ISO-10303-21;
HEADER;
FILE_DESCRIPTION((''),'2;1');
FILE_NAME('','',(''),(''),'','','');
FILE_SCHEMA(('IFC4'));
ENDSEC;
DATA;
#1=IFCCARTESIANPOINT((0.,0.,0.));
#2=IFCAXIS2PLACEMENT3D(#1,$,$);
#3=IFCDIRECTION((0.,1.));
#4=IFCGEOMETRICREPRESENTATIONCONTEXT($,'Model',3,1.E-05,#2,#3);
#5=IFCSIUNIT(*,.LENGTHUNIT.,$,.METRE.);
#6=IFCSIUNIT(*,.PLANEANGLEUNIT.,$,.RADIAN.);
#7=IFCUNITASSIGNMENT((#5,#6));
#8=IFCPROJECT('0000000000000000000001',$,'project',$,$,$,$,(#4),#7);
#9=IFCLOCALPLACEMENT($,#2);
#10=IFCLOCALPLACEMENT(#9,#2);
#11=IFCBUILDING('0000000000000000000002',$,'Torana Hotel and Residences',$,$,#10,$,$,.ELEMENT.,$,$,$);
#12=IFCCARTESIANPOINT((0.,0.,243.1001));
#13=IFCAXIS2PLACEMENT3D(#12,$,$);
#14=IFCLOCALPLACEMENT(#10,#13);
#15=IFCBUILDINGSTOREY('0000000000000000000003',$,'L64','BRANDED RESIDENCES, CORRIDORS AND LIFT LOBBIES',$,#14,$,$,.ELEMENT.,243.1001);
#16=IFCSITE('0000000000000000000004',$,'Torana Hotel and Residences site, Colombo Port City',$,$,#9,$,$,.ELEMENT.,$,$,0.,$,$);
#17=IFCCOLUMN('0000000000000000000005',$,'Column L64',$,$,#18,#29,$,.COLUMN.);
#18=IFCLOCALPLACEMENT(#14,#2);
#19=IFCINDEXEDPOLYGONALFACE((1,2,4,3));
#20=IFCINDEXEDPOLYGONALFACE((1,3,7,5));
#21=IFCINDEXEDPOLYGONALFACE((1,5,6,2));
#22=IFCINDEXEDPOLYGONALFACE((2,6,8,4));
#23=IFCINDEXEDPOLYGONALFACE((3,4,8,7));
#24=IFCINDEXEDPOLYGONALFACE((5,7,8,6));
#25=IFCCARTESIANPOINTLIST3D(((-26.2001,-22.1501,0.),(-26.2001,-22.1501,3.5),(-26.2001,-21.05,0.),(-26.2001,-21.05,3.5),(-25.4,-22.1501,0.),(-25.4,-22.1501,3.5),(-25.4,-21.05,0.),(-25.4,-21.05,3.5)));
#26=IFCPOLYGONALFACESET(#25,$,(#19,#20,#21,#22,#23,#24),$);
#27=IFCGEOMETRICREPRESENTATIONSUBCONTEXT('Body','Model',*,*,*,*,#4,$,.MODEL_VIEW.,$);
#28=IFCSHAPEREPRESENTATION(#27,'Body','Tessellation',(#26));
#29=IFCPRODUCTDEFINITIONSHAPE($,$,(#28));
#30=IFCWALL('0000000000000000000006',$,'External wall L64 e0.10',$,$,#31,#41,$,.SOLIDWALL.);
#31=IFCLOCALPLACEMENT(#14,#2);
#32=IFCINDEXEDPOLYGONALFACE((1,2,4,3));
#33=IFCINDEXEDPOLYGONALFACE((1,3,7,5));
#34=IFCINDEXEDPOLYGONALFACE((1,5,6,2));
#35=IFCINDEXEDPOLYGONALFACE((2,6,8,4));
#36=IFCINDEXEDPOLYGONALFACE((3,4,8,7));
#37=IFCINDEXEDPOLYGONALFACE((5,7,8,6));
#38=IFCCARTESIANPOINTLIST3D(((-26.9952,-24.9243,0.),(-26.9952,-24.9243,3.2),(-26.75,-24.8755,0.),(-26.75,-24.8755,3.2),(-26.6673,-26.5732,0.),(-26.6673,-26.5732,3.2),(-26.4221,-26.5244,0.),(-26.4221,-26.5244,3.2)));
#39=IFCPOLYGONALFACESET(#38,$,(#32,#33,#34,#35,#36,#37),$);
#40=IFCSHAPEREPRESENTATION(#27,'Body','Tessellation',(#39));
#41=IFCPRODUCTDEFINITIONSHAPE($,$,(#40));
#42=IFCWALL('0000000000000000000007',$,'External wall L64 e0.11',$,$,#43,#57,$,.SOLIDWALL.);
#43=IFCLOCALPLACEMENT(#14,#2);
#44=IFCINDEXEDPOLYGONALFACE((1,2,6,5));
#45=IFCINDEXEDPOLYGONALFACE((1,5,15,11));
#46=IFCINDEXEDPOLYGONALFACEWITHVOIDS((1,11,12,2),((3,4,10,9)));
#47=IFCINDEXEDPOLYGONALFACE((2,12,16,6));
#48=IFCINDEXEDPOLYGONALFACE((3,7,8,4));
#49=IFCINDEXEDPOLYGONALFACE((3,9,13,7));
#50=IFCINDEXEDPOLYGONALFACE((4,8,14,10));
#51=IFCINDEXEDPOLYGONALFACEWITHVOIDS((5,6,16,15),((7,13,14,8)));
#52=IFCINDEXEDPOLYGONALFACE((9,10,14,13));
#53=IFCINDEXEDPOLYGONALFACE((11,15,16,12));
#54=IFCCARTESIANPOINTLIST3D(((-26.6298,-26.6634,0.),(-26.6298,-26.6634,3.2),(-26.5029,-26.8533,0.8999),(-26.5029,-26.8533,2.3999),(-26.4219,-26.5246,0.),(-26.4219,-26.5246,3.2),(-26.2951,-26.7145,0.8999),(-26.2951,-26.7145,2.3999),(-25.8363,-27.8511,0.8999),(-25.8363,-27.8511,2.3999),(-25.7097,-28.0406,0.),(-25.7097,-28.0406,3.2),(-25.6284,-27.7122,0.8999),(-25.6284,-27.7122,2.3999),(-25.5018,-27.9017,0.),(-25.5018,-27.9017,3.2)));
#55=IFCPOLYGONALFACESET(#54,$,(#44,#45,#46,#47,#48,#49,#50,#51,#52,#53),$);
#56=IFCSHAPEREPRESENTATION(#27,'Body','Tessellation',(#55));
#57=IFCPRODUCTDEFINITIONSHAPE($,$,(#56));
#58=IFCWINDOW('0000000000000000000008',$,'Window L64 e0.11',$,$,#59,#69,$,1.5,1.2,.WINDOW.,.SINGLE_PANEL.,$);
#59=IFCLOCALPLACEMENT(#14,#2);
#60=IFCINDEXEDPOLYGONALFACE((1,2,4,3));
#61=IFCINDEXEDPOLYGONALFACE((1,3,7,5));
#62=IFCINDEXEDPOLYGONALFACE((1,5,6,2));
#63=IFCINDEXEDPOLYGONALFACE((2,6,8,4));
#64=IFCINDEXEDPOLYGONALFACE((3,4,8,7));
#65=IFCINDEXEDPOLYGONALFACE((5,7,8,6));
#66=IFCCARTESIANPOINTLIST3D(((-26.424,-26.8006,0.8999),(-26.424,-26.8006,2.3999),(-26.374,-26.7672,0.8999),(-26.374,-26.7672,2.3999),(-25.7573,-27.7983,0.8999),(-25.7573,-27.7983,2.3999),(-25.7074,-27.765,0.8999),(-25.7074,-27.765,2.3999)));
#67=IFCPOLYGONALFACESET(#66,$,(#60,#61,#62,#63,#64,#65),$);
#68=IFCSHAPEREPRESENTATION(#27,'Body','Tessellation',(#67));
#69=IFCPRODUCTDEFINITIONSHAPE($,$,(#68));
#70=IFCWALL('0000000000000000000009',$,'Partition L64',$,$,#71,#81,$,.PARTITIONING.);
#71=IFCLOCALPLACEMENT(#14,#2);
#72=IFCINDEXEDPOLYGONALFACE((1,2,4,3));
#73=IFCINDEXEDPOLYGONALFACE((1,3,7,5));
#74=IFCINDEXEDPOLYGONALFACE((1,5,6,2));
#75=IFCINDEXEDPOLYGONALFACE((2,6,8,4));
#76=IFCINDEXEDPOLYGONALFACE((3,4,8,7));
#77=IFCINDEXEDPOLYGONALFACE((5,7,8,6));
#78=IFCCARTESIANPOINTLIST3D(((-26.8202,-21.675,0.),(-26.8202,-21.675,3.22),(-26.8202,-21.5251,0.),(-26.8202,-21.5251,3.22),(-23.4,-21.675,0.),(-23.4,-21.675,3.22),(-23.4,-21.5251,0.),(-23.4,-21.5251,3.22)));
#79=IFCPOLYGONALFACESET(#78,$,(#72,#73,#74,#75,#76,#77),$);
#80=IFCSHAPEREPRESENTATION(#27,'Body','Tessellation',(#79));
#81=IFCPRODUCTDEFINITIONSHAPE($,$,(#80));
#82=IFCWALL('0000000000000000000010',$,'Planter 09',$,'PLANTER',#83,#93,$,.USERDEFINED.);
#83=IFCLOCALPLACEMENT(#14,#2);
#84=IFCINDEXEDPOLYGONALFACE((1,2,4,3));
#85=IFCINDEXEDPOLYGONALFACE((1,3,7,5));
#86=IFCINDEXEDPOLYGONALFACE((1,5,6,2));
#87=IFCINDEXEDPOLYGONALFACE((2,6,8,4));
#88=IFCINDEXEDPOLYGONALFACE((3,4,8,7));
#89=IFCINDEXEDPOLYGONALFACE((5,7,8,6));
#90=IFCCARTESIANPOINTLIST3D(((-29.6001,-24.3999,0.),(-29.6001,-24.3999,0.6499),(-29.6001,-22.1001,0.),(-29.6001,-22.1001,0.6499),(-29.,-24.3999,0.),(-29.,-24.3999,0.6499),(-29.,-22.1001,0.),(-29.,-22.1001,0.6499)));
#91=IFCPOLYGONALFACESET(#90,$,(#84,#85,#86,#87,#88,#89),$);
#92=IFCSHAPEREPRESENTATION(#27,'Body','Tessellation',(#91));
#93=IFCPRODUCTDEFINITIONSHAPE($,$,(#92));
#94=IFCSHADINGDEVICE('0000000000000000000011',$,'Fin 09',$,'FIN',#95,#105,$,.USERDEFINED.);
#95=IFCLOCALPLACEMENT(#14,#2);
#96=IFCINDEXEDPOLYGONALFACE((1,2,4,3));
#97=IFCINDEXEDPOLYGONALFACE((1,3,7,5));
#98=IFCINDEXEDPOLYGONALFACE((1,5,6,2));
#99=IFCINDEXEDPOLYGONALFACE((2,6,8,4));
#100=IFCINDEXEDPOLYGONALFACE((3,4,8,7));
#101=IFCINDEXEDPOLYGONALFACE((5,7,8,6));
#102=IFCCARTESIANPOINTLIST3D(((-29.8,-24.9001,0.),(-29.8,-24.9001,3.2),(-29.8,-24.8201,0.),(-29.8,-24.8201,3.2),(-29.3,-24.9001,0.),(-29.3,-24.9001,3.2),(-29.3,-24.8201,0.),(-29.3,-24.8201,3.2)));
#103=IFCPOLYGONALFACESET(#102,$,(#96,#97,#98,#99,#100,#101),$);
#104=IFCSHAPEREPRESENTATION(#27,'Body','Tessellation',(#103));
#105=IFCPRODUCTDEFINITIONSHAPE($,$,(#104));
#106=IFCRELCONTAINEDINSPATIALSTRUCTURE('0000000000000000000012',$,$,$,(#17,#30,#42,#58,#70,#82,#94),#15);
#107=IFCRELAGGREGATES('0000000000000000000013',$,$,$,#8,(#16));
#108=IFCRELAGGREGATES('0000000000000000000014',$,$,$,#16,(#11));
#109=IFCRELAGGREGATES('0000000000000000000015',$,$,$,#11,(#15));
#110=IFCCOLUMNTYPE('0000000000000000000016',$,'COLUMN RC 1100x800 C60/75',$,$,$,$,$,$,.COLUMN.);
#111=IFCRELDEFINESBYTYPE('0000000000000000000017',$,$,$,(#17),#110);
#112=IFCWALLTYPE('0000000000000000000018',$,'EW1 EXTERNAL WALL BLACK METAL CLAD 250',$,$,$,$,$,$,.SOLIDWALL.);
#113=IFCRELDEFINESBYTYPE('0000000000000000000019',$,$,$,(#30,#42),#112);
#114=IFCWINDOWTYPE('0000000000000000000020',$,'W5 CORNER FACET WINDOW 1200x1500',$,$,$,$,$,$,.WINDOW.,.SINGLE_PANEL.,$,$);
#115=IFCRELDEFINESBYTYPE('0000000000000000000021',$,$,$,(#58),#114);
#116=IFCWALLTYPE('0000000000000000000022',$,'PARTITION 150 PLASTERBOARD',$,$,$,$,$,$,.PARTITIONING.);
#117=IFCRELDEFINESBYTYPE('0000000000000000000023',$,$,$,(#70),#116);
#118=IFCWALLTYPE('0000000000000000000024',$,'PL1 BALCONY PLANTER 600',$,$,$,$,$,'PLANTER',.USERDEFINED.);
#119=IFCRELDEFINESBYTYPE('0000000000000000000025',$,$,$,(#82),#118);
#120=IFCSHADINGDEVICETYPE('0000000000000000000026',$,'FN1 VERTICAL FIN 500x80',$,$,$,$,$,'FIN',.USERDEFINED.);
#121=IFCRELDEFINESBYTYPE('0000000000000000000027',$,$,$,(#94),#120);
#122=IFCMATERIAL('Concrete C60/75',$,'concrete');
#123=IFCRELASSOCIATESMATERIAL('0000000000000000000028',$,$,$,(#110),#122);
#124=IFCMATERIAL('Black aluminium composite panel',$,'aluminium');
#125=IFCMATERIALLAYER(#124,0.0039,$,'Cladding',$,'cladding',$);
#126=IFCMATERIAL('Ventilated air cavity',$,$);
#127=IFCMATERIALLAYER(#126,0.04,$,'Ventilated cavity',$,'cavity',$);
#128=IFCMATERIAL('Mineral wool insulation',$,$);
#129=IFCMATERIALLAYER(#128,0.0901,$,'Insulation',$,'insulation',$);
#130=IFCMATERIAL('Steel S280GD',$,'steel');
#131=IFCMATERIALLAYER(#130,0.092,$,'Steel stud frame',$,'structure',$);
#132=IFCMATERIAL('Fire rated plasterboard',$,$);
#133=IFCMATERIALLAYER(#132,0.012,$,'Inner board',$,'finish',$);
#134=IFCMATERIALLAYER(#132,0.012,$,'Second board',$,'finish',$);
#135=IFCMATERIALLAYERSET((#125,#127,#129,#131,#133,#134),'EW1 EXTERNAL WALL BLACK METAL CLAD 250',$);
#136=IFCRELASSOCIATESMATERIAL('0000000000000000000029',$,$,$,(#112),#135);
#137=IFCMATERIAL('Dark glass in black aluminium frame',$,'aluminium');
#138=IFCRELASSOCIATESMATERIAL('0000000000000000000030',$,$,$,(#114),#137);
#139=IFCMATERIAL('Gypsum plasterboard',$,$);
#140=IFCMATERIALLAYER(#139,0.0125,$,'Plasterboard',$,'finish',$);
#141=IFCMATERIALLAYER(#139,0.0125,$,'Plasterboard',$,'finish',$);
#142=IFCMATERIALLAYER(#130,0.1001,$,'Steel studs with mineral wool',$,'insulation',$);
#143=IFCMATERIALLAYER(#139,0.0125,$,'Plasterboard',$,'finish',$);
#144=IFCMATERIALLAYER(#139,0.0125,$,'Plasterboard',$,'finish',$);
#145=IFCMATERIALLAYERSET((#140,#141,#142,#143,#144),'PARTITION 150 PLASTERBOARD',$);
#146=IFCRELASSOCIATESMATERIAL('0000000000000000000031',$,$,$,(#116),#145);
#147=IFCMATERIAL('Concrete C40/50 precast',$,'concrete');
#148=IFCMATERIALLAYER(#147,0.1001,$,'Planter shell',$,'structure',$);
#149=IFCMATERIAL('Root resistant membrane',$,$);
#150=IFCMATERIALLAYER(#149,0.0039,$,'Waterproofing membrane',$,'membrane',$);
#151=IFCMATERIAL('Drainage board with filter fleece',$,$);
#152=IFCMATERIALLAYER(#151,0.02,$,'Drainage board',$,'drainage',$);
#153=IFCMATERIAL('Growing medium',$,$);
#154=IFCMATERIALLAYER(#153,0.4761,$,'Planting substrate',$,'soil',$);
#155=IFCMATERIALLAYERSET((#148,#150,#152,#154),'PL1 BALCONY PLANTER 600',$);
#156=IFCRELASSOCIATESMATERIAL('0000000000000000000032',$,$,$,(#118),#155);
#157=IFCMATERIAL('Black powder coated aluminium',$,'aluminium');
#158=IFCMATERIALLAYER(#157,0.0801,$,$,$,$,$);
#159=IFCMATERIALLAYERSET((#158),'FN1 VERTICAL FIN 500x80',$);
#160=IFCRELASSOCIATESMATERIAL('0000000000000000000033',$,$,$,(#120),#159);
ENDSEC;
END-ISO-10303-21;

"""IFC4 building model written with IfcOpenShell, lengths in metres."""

from ifc_helpers import new_model, si_unit, direction, frame, frame_2d, origin, origin_2d, place, context, subcontext, project, spatial, rectangle, extrude, material, layer, layer_set, material_profile, profile_set, type_object, element, fill, save


model = new_model("IFC4")

# Units and contexts
model_context = context("Model", 3, precision=1e-05, world=origin(), true_north=direction((0.0, 1.0)))
body_context = subcontext(model_context, "Body", "Model", "MODEL_VIEW")
ifc_project = project(units=[si_unit("LENGTHUNIT", "METRE"), si_unit("PLANEANGLEUNIT", "RADIAN")], contexts=[model_context])

# Site, building, storey
site_placement = place(None, origin())
site = spatial("IfcSite", under=ifc_project, at=site_placement, Name="Torana Hotel and Residences site, Colombo Port City", CompositionType="ELEMENT", RefElevation=0.0)
building_placement = place(site_placement, origin())
building = spatial("IfcBuilding", under=site, at=building_placement, Name="Torana Hotel and Residences", CompositionType="ELEMENT")
storey_placement = place(building_placement, frame((0.0, 0.0, 243.1001)))
storey = spatial("IfcBuildingStorey", under=building, at=storey_placement, Name="L64", Description="BRANDED RESIDENCES, CORRIDORS AND LIFT LOBBIES", CompositionType="ELEMENT", Elevation=243.1001)

# Column
ifc_material_1 = material(Name="Concrete C60/75", Category="concrete")
ifc_material_profile = material_profile(ifc_material_1, rectangle(XDim=1.1001, YDim=0.8, at=origin_2d()), Name="RC 1100x800")
ifc_profile_set = profile_set([ifc_material_profile], Name="Concrete C60/75")
column_type = type_object("IfcColumnType", Name="COLUMN RC 1100x800 C60/75", PredefinedType="COLUMN", material=ifc_profile_set)
column_placement = place(storey_placement, frame((-25.8, -21.6001, 0.0), z_axis=(0.0, 0.0, 1.0), x_axis=(0.0, 1.0, 0.0)))
element("IfcColumn", 1, at=column_placement, inside=storey, type_object=column_type, Name="Column L64", PredefinedType="COLUMN", context=body_context, shape_type="SweptSolid", body=[
    extrude(rectangle(XDim=1.1001, YDim=0.8, at=origin_2d()), origin(), (0.0, 0.0, 1.0), 3.5),
])

# Wall
ifc_material_2 = material(Name="Black aluminium composite panel", Category="aluminium")
ifc_layer_1 = layer(ifc_material_2, 0.0039, Name="Cladding", Category="cladding")
ifc_material_3 = material(Name="Ventilated air cavity")
ifc_layer_2 = layer(ifc_material_3, 0.04, Name="Ventilated cavity", Category="cavity")
ifc_material_4 = material(Name="Mineral wool insulation")
ifc_layer_3 = layer(ifc_material_4, 0.0901, Name="Insulation", Category="insulation")
ifc_material_5 = material(Name="Steel S280GD", Category="steel")
ifc_layer_4 = layer(ifc_material_5, 0.092, Name="Steel stud frame", Category="structure")
ifc_material_6 = material(Name="Fire rated plasterboard")
ifc_layer_5 = layer(ifc_material_6, 0.012, Name="Inner board", Category="finish")
ifc_layer_6 = layer(ifc_material_6, 0.012, Name="Second board", Category="finish")
ifc_layer_set_1 = layer_set([ifc_layer_1, ifc_layer_2, ifc_layer_3, ifc_layer_4, ifc_layer_5, ifc_layer_6], Name="EW1 EXTERNAL WALL BLACK METAL CLAD 250")
wall_type_1 = type_object("IfcWallType", Name="EW1 EXTERNAL WALL BLACK METAL CLAD 250", PredefinedType="SOLIDWALL", material=ifc_layer_set_1)
wall_1_placement = place(storey_placement, frame((-26.8726, -24.8999, 0.0), z_axis=(0.0, 0.0, 1.0), x_axis=(0.195027, -0.980798, 0.0)))
element("IfcWall", 2, at=wall_1_placement, inside=storey, type_object=wall_type_1, Name="External wall L64 e0.10", PredefinedType="SOLIDWALL", context=body_context, shape_type="SweptSolid", body=[
    extrude(rectangle(XDim=1.6812, YDim=0.25, at=frame_2d((0.8406, 0.0))), origin(), (0.0, 0.0, 1.0), 3.2),
])

# Wall, opening, window
wall_2_placement = place(storey_placement, frame((-26.5259, -26.594, 0.0), z_axis=(0.0, 0.0, 1.0), x_axis=(0.55555, -0.831483, 0.0)))
wall_2 = element("IfcWall", 3, at=wall_2_placement, inside=storey, type_object=wall_type_1, Name="External wall L64 e0.11", PredefinedType="SOLIDWALL", context=body_context, shape_type="SweptSolid", body=[
    extrude(rectangle(XDim=1.6562, YDim=0.25, at=frame_2d((0.8281, 0.0))), origin(), (0.0, 0.0, 1.0), 3.2),
])
opening_placement = place(wall_2_placement, frame((0.2283, 0.0, 0.8999)))
opening = element("IfcOpeningElement", 4, at=opening_placement, cuts=wall_2, PredefinedType="OPENING", context=body_context, shape_type="SweptSolid", body=[
    extrude(rectangle(XDim=1.2, YDim=1.5, at=frame_2d((0.6001, 0.75))), frame((0.0, 0.135, 0.0), z_axis=(0.0, -1.0, 0.0), x_axis=(1.0, 0.0, 0.0)), (0.0, 0.0, 1.0), 0.27),
])
ifc_material_7 = material(Name="Dark glass in black aluminium frame", Category="aluminium")
window_type = type_object("IfcWindowType", Name="W5 CORNER FACET WINDOW 1200x1500", PartitioningType="SINGLE_PANEL", PredefinedType="WINDOW", material=ifc_material_7)
window_placement = place(opening_placement, origin())
window = element("IfcWindow", 5, at=window_placement, inside=storey, type_object=window_type, Name="Window L64 e0.11", OverallHeight=1.5, OverallWidth=1.2, PartitioningType="SINGLE_PANEL", PredefinedType="WINDOW", context=body_context, shape_type="SweptSolid", body=[
    extrude(rectangle(XDim=1.2, YDim=1.5, at=frame_2d((0.6001, 0.75))), frame((0.0, 0.03, 0.0), z_axis=(0.0, -1.0, 0.0), x_axis=(1.0, 0.0, 0.0)), (0.0, 0.0, 1.0), 0.0601),
])
fill(opening, window)

# Walls
ifc_material_8 = material(Name="Gypsum plasterboard")
ifc_layer_7 = layer(ifc_material_8, 0.0125, Name="Plasterboard", Category="finish")
ifc_layer_8 = layer(ifc_material_8, 0.0125, Name="Plasterboard", Category="finish")
ifc_layer_9 = layer(ifc_material_5, 0.1001, Name="Steel studs with mineral wool", Category="insulation")
ifc_layer_10 = layer(ifc_material_8, 0.0125, Name="Plasterboard", Category="finish")
ifc_layer_11 = layer(ifc_material_8, 0.0125, Name="Plasterboard", Category="finish")
ifc_layer_set_2 = layer_set([ifc_layer_7, ifc_layer_8, ifc_layer_9, ifc_layer_10, ifc_layer_11], Name="PARTITION 150 PLASTERBOARD")
wall_type_2 = type_object("IfcWallType", Name="PARTITION 150 PLASTERBOARD", PredefinedType="PARTITIONING", material=ifc_layer_set_2)
wall_3_placement = place(storey_placement, frame((-26.8201, -21.6001, 0.0), z_axis=(0.0, 0.0, 1.0), x_axis=(1.0, 0.0, 0.0)))
element("IfcWall", 6, at=wall_3_placement, inside=storey, type_object=wall_type_2, Name="Partition L64", PredefinedType="PARTITIONING", context=body_context, shape_type="SweptSolid", body=[
    extrude(rectangle(XDim=3.4202, YDim=0.1499, at=frame_2d((1.71, 0.0))), origin(), (0.0, 0.0, 1.0), 3.22),
])
ifc_material_9 = material(Name="Concrete C40/50 precast", Category="concrete")
ifc_layer_12 = layer(ifc_material_9, 0.1001, Name="Planter shell", Category="structure")
ifc_material_10 = material(Name="Root resistant membrane")
ifc_layer_13 = layer(ifc_material_10, 0.0039, Name="Waterproofing membrane", Category="membrane")
ifc_material_11 = material(Name="Drainage board with filter fleece")
ifc_layer_14 = layer(ifc_material_11, 0.02, Name="Drainage board", Category="drainage")
ifc_material_12 = material(Name="Growing medium")
ifc_layer_15 = layer(ifc_material_12, 0.4761, Name="Planting substrate", Category="soil")
ifc_layer_set_3 = layer_set([ifc_layer_12, ifc_layer_13, ifc_layer_14, ifc_layer_15], Name="PL1 BALCONY PLANTER 600")
wall_type_3 = type_object("IfcWallType", Name="PL1 BALCONY PLANTER 600", ElementType="PLANTER", PredefinedType="USERDEFINED", material=ifc_layer_set_3)
wall_4_placement = place(storey_placement, frame((-29.3, -24.3999, 0.0), z_axis=(0.0, 0.0, 1.0), x_axis=(0.0, 1.0, 0.0)))
element("IfcWall", 7, at=wall_4_placement, inside=storey, type_object=wall_type_3, Name="Planter 09", ObjectType="PLANTER", PredefinedType="USERDEFINED", context=body_context, shape_type="SweptSolid", body=[
    extrude(rectangle(XDim=2.2998, YDim=0.6001, at=frame_2d((1.1499, 0.0))), origin(), (0.0, 0.0, 1.0), 0.6499),
])

# Shading device
ifc_material_13 = material(Name="Black powder coated aluminium", Category="aluminium")
ifc_layer_16 = layer(ifc_material_13, 0.0801)
ifc_layer_set_4 = layer_set([ifc_layer_16], Name="FN1 VERTICAL FIN 500x80")
shading_device_type = type_object("IfcShadingDeviceType", Name="FN1 VERTICAL FIN 500x80", ElementType="FIN", PredefinedType="USERDEFINED", material=ifc_layer_set_4)
shading_device_placement = place(storey_placement, frame((-29.55, -24.8601, 0.0), z_axis=(0.0, 0.0, 1.0), x_axis=(0.0, 1.0, 0.0)))
element("IfcShadingDevice", 8, at=shading_device_placement, inside=storey, type_object=shading_device_type, Name="Fin 09", ObjectType="FIN", PredefinedType="USERDEFINED", context=body_context, shape_type="SweptSolid", body=[
    extrude(rectangle(XDim=0.0801, YDim=0.5, at=origin_2d()), origin(), (0.0, 0.0, 1.0), 3.2),
])

save(model, "model.ifc")
